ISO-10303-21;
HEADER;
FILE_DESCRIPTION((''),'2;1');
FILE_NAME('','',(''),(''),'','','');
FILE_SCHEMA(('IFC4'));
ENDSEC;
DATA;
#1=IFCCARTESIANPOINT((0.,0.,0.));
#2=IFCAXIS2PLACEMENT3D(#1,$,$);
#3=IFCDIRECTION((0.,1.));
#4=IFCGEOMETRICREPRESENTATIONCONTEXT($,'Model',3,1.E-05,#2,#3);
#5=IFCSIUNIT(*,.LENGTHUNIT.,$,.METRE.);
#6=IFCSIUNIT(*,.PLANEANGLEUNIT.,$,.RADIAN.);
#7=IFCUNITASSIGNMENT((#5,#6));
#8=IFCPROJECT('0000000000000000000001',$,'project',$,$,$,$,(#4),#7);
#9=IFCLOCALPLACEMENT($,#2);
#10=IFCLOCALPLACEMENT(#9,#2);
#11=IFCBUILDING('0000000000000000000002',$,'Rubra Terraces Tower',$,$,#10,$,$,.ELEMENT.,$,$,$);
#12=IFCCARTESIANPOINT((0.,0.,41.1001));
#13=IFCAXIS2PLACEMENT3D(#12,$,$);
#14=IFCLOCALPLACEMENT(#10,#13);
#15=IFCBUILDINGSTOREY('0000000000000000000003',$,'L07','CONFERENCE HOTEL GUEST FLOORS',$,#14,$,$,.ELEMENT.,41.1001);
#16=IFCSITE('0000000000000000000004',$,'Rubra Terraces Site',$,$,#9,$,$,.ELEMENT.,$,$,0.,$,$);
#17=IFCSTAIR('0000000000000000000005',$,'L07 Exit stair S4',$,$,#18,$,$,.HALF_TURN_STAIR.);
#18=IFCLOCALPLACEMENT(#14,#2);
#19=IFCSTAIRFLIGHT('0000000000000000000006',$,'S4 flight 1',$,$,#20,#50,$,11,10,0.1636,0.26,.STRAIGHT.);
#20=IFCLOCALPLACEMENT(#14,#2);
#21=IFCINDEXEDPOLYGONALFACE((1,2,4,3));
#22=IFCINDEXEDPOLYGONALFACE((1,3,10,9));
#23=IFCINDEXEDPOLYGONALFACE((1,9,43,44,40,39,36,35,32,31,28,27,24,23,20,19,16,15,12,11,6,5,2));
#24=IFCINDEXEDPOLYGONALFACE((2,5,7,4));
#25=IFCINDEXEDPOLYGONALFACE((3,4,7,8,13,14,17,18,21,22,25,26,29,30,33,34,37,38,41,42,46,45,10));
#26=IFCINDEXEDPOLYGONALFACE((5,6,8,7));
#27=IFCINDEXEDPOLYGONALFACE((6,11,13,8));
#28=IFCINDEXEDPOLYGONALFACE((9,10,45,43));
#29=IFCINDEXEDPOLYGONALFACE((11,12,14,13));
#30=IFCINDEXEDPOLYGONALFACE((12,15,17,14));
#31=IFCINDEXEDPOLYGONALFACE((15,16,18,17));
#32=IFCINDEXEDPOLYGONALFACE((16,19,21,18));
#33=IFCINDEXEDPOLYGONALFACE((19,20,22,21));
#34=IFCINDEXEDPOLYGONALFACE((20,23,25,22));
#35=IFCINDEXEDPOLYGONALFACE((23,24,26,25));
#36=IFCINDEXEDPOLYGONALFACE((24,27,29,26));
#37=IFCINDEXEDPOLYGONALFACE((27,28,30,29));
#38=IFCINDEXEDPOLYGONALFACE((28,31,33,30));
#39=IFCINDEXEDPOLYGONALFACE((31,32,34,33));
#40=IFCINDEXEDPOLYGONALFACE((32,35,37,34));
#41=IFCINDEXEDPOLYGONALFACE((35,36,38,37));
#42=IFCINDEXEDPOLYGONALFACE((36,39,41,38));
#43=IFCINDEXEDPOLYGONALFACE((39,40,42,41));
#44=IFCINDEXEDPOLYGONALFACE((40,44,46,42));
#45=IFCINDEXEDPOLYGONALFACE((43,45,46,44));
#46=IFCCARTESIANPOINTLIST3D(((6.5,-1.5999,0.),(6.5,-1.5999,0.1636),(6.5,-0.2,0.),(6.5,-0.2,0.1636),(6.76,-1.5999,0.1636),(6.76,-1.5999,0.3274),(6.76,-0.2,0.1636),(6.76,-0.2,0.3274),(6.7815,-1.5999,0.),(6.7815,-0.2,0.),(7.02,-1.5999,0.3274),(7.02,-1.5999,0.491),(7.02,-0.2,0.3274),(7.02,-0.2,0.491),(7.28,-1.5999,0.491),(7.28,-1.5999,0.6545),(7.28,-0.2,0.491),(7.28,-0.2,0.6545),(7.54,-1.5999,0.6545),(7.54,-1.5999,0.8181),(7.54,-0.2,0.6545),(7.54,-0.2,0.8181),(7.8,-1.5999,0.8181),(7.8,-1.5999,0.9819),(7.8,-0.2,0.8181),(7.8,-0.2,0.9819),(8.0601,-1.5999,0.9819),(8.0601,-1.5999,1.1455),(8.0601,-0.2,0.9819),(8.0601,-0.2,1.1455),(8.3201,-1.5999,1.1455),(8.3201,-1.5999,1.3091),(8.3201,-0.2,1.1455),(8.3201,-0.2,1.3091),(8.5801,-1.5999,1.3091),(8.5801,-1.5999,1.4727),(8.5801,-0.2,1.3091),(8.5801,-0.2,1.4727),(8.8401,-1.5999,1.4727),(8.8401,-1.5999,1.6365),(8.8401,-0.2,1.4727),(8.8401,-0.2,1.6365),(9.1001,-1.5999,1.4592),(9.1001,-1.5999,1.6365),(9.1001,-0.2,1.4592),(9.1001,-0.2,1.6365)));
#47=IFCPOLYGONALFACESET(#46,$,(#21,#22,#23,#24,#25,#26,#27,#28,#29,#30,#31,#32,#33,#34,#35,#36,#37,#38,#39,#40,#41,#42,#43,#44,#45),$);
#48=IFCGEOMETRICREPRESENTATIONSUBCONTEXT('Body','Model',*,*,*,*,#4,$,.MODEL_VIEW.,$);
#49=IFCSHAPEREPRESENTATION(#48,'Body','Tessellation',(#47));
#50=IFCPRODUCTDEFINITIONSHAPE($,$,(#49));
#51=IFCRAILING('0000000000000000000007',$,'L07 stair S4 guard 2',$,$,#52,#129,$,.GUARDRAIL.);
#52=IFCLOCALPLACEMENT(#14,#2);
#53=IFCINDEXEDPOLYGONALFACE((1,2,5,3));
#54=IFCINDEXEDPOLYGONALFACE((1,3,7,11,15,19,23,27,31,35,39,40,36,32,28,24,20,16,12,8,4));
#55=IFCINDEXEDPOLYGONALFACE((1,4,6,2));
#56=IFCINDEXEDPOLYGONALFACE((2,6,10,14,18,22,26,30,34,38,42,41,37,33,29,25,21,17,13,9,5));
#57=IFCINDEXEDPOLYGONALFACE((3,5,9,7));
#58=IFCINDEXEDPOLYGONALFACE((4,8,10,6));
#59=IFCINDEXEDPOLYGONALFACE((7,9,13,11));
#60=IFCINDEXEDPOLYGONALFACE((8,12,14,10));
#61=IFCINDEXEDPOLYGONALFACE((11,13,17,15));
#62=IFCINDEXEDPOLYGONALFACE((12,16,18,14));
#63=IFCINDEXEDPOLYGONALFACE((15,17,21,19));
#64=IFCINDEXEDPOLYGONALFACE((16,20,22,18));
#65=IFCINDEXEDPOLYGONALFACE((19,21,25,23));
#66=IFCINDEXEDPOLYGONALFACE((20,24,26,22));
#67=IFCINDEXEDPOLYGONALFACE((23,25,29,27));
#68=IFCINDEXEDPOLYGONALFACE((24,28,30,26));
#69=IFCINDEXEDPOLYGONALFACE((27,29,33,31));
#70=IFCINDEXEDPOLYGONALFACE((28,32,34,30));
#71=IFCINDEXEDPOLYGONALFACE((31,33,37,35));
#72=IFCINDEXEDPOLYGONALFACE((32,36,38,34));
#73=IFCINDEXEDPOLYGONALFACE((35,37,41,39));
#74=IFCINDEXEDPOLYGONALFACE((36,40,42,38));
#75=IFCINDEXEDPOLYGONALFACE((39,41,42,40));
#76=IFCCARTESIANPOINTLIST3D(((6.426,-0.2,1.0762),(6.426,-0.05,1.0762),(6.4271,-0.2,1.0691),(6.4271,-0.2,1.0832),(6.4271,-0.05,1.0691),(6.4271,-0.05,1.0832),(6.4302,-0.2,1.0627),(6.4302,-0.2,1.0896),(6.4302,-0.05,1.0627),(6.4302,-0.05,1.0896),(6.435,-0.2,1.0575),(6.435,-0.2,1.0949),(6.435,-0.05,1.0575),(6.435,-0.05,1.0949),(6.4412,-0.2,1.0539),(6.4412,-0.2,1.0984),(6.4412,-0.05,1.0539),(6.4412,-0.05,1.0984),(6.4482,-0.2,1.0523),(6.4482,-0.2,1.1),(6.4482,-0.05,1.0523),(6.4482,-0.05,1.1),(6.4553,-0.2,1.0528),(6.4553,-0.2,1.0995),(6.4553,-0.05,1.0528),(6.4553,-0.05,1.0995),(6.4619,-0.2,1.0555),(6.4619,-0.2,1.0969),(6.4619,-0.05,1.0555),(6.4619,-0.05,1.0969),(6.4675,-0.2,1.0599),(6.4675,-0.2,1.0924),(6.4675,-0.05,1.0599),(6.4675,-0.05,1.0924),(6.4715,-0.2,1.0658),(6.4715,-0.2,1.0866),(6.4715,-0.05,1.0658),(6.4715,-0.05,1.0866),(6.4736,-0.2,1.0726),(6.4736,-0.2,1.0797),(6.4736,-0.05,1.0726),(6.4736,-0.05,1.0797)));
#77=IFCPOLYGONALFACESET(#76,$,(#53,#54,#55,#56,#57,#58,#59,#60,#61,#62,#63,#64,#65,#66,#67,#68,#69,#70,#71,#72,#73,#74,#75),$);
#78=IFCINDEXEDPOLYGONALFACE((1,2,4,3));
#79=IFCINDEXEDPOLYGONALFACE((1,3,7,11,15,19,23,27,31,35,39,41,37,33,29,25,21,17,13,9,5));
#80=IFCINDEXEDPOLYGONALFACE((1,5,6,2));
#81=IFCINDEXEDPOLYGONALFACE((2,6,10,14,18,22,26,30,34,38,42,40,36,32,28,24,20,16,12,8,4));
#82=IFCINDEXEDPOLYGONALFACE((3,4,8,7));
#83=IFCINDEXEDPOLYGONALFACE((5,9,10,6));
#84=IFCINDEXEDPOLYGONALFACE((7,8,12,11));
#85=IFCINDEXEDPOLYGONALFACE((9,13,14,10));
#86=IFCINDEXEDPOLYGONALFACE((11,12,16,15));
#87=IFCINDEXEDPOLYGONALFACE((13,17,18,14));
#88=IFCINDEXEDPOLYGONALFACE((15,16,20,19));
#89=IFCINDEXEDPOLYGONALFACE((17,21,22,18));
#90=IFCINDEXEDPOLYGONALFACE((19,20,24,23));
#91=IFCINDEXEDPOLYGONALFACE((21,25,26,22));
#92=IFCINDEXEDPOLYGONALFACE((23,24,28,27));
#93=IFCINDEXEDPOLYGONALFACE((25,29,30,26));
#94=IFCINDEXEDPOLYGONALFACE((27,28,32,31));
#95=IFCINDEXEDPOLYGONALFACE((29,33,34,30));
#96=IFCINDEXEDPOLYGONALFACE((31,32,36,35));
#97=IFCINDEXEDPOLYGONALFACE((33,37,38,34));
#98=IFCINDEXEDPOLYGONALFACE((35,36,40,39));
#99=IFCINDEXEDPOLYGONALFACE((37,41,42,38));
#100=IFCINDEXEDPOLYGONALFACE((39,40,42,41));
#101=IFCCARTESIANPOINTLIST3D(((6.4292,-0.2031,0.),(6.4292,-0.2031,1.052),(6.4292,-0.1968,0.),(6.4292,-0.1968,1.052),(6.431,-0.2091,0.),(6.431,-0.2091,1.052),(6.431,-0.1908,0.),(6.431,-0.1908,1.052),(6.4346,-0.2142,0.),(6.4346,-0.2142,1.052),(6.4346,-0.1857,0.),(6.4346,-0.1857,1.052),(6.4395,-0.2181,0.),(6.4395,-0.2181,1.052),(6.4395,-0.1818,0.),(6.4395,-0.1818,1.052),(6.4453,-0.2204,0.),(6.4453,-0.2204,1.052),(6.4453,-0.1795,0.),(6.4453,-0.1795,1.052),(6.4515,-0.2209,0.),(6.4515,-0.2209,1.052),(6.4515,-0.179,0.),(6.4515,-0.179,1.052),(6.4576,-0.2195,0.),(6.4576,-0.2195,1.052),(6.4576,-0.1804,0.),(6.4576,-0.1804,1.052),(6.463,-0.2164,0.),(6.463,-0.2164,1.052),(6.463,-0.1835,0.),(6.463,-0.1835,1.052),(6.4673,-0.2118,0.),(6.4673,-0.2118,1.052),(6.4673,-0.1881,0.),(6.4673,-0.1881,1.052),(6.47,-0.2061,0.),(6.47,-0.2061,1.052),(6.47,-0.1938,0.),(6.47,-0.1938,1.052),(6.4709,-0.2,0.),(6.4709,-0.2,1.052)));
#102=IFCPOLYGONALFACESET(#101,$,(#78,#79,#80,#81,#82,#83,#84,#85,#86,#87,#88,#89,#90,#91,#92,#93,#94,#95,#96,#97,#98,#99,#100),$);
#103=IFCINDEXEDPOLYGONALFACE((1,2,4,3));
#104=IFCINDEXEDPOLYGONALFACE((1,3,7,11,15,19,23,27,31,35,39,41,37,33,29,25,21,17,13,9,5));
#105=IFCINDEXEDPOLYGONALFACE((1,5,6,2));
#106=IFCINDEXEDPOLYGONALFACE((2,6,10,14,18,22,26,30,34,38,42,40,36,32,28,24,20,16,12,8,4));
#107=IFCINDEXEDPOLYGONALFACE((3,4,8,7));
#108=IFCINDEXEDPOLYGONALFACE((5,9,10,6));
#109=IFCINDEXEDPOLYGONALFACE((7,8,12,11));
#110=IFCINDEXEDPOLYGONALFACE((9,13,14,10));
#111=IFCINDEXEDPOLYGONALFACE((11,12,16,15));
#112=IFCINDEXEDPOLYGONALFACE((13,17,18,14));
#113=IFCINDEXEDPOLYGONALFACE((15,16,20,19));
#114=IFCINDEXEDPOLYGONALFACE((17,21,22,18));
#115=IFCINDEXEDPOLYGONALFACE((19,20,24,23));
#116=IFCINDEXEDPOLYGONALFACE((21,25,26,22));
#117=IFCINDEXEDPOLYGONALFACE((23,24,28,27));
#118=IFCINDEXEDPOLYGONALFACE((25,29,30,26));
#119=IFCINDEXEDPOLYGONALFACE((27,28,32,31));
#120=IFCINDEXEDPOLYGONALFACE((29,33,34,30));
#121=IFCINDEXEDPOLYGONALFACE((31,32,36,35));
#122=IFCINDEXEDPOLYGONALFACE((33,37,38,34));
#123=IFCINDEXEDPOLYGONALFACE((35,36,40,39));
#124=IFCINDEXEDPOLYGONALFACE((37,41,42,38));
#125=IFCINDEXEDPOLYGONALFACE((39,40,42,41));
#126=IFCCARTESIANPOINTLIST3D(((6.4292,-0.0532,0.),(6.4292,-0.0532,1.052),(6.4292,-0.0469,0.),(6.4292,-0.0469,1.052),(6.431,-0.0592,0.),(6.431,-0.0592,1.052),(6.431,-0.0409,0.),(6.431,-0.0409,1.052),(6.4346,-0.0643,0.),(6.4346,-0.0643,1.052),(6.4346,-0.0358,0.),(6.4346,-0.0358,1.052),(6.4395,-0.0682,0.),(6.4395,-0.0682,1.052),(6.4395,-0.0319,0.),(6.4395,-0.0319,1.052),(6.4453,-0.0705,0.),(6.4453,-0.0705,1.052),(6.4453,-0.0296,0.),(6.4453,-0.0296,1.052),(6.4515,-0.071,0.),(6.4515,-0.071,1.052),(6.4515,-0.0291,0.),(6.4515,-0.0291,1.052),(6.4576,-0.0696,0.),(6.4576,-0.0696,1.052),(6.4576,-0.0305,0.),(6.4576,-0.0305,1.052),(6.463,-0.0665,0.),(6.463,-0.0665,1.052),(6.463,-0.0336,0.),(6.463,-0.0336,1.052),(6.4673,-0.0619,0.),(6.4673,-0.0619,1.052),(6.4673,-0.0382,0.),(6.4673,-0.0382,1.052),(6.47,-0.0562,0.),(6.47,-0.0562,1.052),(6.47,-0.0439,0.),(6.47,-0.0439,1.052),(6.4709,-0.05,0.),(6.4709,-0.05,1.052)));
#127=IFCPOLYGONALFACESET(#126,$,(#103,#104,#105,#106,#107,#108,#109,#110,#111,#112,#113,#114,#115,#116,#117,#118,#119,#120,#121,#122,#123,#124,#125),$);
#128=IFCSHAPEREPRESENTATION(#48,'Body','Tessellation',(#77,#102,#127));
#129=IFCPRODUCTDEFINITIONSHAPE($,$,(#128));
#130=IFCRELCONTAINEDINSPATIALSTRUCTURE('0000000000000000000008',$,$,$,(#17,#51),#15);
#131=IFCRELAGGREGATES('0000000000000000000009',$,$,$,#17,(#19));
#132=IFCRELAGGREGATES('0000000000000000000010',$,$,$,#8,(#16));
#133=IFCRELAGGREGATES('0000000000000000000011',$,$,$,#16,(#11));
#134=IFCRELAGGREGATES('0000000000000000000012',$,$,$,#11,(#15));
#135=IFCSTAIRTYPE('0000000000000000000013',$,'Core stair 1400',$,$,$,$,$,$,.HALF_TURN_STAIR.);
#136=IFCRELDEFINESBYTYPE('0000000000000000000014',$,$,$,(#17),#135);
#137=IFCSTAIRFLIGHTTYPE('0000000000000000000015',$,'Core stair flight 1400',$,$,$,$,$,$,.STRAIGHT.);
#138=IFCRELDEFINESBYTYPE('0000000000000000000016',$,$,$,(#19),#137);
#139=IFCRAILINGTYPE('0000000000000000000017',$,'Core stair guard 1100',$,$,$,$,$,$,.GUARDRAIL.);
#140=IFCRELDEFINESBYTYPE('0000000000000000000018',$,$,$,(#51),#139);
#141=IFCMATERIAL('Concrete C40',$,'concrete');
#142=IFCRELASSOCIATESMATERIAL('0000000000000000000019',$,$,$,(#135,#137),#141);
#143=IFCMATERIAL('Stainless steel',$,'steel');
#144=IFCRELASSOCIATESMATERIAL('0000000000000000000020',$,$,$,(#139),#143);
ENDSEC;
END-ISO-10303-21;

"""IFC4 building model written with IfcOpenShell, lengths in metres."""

from ifc_helpers import new_model, si_unit, direction, frame, origin, origin_2d, place, context, subcontext, project, spatial, polyline, circle, outline, extrude, material, type_object, element, aggregate, save


model = new_model("IFC4")

# Units and contexts
model_context = context("Model", 3, precision=1e-05, world=origin(), true_north=direction((0.0, 1.0)))
body_context = subcontext(model_context, "Body", "Model", "MODEL_VIEW")
ifc_project = project(units=[si_unit("LENGTHUNIT", "METRE"), si_unit("PLANEANGLEUNIT", "RADIAN")], contexts=[model_context])

# Site, building, storey
site_placement = place(None, origin())
site = spatial("IfcSite", under=ifc_project, at=site_placement, Name="Rubra Terraces Site", CompositionType="ELEMENT", RefElevation=0.0)
building_placement = place(site_placement, origin())
building = spatial("IfcBuilding", under=site, at=building_placement, Name="Rubra Terraces Tower", CompositionType="ELEMENT")
storey_placement = place(building_placement, frame((0.0, 0.0, 41.1001)))
storey = spatial("IfcBuildingStorey", under=building, at=storey_placement, Name="L07", Description="CONFERENCE HOTEL GUEST FLOORS", CompositionType="ELEMENT", Elevation=41.1001)

# Stair
ifc_material_1 = material(Name="Concrete C40", Category="concrete")
stair_type = type_object("IfcStairType", Name="Core stair 1400", PredefinedType="HALF_TURN_STAIR", material=ifc_material_1)
stair_1_placement = place(storey_placement, origin())
stair_1 = element("IfcStair", 1, at=stair_1_placement, inside=storey, type_object=stair_type, Name="L07 Exit stair S4", PredefinedType="HALF_TURN_STAIR")

# Stair flight
stair_flight_type = type_object("IfcStairFlightType", Name="Core stair flight 1400", PredefinedType="STRAIGHT", material=ifc_material_1)
stair_flight_placement = place(storey_placement, frame((6.5, -0.8999, 0.0), z_axis=(0.0, 0.0, 1.0), x_axis=(1.0, 0.0, 0.0)))
stair_flight = element("IfcStairFlight", 2, at=stair_flight_placement, type_object=stair_flight_type, Name="S4 flight 1", NumberOfRisers=11, NumberOfTreads=10, PredefinedType="STRAIGHT", RiserHeight=0.1636, TreadLength=0.26, context=body_context, shape_type="SweptSolid", body=[
    extrude(outline(polyline([(0.0, 0.0), (0.0, 0.1636), (0.26, 0.1636), (0.26, 0.3274), (0.52, 0.3274), (0.52, 0.491), (0.78, 0.491), (0.78, 0.6545), (1.04, 0.6545), (1.04, 0.8181), (1.3, 0.8181), (1.3, 0.9819), (1.5601, 0.9819), (1.5601, 1.1455), (1.8201, 1.1455), (1.8201, 1.3091), (2.0801, 1.3091), (2.0801, 1.4727), (2.3401, 1.4727), (2.3401, 1.6365), (2.6001, 1.6365), (2.6001, 1.8), (2.6001, 1.4592), (0.2815, 0.0), (0.0, 0.0)])), frame((0.0, 0.7, 0.0), z_axis=(0.0, -1.0, 0.0), x_axis=(1.0, 0.0, 0.0)), (0.0, 0.0, 1.0), 1.3999),
])
aggregate(stair_1, [stair_flight])

# Railing
ifc_material_2 = material(Name="Stainless steel", Category="steel")
railing_type_1 = type_object("IfcRailingType", Name="Core stair guard 1100", PredefinedType="GUARDRAIL", material=ifc_material_2)
railing_1_placement = place(storey_placement, frame((6.45, -0.2, 0.0)))
element("IfcRailing", 3, at=railing_1_placement, inside=storey, type_object=railing_type_1, Name="L07 stair S4 guard 2", PredefinedType="GUARDRAIL", context=body_context, shape_type="SweptSolid", body=[
    extrude(circle(Radius=0.0239, at=origin_2d()), frame((0.0, 0.0, 1.0762), z_axis=(0.0, 1.0, 0.0), x_axis=(-1.0, 0.0, 0.0)), (0.0, 0.0, 1.0), 0.1499),
    extrude(circle(Radius=0.021, at=origin_2d()), origin(), (0.0, 0.0, 1.0), 1.052),
    extrude(circle(Radius=0.021, at=origin_2d()), frame((0.0, 0.1499, 0.0)), (0.0, 0.0, 1.0), 1.052),
])

save(model, "model.ifc")
